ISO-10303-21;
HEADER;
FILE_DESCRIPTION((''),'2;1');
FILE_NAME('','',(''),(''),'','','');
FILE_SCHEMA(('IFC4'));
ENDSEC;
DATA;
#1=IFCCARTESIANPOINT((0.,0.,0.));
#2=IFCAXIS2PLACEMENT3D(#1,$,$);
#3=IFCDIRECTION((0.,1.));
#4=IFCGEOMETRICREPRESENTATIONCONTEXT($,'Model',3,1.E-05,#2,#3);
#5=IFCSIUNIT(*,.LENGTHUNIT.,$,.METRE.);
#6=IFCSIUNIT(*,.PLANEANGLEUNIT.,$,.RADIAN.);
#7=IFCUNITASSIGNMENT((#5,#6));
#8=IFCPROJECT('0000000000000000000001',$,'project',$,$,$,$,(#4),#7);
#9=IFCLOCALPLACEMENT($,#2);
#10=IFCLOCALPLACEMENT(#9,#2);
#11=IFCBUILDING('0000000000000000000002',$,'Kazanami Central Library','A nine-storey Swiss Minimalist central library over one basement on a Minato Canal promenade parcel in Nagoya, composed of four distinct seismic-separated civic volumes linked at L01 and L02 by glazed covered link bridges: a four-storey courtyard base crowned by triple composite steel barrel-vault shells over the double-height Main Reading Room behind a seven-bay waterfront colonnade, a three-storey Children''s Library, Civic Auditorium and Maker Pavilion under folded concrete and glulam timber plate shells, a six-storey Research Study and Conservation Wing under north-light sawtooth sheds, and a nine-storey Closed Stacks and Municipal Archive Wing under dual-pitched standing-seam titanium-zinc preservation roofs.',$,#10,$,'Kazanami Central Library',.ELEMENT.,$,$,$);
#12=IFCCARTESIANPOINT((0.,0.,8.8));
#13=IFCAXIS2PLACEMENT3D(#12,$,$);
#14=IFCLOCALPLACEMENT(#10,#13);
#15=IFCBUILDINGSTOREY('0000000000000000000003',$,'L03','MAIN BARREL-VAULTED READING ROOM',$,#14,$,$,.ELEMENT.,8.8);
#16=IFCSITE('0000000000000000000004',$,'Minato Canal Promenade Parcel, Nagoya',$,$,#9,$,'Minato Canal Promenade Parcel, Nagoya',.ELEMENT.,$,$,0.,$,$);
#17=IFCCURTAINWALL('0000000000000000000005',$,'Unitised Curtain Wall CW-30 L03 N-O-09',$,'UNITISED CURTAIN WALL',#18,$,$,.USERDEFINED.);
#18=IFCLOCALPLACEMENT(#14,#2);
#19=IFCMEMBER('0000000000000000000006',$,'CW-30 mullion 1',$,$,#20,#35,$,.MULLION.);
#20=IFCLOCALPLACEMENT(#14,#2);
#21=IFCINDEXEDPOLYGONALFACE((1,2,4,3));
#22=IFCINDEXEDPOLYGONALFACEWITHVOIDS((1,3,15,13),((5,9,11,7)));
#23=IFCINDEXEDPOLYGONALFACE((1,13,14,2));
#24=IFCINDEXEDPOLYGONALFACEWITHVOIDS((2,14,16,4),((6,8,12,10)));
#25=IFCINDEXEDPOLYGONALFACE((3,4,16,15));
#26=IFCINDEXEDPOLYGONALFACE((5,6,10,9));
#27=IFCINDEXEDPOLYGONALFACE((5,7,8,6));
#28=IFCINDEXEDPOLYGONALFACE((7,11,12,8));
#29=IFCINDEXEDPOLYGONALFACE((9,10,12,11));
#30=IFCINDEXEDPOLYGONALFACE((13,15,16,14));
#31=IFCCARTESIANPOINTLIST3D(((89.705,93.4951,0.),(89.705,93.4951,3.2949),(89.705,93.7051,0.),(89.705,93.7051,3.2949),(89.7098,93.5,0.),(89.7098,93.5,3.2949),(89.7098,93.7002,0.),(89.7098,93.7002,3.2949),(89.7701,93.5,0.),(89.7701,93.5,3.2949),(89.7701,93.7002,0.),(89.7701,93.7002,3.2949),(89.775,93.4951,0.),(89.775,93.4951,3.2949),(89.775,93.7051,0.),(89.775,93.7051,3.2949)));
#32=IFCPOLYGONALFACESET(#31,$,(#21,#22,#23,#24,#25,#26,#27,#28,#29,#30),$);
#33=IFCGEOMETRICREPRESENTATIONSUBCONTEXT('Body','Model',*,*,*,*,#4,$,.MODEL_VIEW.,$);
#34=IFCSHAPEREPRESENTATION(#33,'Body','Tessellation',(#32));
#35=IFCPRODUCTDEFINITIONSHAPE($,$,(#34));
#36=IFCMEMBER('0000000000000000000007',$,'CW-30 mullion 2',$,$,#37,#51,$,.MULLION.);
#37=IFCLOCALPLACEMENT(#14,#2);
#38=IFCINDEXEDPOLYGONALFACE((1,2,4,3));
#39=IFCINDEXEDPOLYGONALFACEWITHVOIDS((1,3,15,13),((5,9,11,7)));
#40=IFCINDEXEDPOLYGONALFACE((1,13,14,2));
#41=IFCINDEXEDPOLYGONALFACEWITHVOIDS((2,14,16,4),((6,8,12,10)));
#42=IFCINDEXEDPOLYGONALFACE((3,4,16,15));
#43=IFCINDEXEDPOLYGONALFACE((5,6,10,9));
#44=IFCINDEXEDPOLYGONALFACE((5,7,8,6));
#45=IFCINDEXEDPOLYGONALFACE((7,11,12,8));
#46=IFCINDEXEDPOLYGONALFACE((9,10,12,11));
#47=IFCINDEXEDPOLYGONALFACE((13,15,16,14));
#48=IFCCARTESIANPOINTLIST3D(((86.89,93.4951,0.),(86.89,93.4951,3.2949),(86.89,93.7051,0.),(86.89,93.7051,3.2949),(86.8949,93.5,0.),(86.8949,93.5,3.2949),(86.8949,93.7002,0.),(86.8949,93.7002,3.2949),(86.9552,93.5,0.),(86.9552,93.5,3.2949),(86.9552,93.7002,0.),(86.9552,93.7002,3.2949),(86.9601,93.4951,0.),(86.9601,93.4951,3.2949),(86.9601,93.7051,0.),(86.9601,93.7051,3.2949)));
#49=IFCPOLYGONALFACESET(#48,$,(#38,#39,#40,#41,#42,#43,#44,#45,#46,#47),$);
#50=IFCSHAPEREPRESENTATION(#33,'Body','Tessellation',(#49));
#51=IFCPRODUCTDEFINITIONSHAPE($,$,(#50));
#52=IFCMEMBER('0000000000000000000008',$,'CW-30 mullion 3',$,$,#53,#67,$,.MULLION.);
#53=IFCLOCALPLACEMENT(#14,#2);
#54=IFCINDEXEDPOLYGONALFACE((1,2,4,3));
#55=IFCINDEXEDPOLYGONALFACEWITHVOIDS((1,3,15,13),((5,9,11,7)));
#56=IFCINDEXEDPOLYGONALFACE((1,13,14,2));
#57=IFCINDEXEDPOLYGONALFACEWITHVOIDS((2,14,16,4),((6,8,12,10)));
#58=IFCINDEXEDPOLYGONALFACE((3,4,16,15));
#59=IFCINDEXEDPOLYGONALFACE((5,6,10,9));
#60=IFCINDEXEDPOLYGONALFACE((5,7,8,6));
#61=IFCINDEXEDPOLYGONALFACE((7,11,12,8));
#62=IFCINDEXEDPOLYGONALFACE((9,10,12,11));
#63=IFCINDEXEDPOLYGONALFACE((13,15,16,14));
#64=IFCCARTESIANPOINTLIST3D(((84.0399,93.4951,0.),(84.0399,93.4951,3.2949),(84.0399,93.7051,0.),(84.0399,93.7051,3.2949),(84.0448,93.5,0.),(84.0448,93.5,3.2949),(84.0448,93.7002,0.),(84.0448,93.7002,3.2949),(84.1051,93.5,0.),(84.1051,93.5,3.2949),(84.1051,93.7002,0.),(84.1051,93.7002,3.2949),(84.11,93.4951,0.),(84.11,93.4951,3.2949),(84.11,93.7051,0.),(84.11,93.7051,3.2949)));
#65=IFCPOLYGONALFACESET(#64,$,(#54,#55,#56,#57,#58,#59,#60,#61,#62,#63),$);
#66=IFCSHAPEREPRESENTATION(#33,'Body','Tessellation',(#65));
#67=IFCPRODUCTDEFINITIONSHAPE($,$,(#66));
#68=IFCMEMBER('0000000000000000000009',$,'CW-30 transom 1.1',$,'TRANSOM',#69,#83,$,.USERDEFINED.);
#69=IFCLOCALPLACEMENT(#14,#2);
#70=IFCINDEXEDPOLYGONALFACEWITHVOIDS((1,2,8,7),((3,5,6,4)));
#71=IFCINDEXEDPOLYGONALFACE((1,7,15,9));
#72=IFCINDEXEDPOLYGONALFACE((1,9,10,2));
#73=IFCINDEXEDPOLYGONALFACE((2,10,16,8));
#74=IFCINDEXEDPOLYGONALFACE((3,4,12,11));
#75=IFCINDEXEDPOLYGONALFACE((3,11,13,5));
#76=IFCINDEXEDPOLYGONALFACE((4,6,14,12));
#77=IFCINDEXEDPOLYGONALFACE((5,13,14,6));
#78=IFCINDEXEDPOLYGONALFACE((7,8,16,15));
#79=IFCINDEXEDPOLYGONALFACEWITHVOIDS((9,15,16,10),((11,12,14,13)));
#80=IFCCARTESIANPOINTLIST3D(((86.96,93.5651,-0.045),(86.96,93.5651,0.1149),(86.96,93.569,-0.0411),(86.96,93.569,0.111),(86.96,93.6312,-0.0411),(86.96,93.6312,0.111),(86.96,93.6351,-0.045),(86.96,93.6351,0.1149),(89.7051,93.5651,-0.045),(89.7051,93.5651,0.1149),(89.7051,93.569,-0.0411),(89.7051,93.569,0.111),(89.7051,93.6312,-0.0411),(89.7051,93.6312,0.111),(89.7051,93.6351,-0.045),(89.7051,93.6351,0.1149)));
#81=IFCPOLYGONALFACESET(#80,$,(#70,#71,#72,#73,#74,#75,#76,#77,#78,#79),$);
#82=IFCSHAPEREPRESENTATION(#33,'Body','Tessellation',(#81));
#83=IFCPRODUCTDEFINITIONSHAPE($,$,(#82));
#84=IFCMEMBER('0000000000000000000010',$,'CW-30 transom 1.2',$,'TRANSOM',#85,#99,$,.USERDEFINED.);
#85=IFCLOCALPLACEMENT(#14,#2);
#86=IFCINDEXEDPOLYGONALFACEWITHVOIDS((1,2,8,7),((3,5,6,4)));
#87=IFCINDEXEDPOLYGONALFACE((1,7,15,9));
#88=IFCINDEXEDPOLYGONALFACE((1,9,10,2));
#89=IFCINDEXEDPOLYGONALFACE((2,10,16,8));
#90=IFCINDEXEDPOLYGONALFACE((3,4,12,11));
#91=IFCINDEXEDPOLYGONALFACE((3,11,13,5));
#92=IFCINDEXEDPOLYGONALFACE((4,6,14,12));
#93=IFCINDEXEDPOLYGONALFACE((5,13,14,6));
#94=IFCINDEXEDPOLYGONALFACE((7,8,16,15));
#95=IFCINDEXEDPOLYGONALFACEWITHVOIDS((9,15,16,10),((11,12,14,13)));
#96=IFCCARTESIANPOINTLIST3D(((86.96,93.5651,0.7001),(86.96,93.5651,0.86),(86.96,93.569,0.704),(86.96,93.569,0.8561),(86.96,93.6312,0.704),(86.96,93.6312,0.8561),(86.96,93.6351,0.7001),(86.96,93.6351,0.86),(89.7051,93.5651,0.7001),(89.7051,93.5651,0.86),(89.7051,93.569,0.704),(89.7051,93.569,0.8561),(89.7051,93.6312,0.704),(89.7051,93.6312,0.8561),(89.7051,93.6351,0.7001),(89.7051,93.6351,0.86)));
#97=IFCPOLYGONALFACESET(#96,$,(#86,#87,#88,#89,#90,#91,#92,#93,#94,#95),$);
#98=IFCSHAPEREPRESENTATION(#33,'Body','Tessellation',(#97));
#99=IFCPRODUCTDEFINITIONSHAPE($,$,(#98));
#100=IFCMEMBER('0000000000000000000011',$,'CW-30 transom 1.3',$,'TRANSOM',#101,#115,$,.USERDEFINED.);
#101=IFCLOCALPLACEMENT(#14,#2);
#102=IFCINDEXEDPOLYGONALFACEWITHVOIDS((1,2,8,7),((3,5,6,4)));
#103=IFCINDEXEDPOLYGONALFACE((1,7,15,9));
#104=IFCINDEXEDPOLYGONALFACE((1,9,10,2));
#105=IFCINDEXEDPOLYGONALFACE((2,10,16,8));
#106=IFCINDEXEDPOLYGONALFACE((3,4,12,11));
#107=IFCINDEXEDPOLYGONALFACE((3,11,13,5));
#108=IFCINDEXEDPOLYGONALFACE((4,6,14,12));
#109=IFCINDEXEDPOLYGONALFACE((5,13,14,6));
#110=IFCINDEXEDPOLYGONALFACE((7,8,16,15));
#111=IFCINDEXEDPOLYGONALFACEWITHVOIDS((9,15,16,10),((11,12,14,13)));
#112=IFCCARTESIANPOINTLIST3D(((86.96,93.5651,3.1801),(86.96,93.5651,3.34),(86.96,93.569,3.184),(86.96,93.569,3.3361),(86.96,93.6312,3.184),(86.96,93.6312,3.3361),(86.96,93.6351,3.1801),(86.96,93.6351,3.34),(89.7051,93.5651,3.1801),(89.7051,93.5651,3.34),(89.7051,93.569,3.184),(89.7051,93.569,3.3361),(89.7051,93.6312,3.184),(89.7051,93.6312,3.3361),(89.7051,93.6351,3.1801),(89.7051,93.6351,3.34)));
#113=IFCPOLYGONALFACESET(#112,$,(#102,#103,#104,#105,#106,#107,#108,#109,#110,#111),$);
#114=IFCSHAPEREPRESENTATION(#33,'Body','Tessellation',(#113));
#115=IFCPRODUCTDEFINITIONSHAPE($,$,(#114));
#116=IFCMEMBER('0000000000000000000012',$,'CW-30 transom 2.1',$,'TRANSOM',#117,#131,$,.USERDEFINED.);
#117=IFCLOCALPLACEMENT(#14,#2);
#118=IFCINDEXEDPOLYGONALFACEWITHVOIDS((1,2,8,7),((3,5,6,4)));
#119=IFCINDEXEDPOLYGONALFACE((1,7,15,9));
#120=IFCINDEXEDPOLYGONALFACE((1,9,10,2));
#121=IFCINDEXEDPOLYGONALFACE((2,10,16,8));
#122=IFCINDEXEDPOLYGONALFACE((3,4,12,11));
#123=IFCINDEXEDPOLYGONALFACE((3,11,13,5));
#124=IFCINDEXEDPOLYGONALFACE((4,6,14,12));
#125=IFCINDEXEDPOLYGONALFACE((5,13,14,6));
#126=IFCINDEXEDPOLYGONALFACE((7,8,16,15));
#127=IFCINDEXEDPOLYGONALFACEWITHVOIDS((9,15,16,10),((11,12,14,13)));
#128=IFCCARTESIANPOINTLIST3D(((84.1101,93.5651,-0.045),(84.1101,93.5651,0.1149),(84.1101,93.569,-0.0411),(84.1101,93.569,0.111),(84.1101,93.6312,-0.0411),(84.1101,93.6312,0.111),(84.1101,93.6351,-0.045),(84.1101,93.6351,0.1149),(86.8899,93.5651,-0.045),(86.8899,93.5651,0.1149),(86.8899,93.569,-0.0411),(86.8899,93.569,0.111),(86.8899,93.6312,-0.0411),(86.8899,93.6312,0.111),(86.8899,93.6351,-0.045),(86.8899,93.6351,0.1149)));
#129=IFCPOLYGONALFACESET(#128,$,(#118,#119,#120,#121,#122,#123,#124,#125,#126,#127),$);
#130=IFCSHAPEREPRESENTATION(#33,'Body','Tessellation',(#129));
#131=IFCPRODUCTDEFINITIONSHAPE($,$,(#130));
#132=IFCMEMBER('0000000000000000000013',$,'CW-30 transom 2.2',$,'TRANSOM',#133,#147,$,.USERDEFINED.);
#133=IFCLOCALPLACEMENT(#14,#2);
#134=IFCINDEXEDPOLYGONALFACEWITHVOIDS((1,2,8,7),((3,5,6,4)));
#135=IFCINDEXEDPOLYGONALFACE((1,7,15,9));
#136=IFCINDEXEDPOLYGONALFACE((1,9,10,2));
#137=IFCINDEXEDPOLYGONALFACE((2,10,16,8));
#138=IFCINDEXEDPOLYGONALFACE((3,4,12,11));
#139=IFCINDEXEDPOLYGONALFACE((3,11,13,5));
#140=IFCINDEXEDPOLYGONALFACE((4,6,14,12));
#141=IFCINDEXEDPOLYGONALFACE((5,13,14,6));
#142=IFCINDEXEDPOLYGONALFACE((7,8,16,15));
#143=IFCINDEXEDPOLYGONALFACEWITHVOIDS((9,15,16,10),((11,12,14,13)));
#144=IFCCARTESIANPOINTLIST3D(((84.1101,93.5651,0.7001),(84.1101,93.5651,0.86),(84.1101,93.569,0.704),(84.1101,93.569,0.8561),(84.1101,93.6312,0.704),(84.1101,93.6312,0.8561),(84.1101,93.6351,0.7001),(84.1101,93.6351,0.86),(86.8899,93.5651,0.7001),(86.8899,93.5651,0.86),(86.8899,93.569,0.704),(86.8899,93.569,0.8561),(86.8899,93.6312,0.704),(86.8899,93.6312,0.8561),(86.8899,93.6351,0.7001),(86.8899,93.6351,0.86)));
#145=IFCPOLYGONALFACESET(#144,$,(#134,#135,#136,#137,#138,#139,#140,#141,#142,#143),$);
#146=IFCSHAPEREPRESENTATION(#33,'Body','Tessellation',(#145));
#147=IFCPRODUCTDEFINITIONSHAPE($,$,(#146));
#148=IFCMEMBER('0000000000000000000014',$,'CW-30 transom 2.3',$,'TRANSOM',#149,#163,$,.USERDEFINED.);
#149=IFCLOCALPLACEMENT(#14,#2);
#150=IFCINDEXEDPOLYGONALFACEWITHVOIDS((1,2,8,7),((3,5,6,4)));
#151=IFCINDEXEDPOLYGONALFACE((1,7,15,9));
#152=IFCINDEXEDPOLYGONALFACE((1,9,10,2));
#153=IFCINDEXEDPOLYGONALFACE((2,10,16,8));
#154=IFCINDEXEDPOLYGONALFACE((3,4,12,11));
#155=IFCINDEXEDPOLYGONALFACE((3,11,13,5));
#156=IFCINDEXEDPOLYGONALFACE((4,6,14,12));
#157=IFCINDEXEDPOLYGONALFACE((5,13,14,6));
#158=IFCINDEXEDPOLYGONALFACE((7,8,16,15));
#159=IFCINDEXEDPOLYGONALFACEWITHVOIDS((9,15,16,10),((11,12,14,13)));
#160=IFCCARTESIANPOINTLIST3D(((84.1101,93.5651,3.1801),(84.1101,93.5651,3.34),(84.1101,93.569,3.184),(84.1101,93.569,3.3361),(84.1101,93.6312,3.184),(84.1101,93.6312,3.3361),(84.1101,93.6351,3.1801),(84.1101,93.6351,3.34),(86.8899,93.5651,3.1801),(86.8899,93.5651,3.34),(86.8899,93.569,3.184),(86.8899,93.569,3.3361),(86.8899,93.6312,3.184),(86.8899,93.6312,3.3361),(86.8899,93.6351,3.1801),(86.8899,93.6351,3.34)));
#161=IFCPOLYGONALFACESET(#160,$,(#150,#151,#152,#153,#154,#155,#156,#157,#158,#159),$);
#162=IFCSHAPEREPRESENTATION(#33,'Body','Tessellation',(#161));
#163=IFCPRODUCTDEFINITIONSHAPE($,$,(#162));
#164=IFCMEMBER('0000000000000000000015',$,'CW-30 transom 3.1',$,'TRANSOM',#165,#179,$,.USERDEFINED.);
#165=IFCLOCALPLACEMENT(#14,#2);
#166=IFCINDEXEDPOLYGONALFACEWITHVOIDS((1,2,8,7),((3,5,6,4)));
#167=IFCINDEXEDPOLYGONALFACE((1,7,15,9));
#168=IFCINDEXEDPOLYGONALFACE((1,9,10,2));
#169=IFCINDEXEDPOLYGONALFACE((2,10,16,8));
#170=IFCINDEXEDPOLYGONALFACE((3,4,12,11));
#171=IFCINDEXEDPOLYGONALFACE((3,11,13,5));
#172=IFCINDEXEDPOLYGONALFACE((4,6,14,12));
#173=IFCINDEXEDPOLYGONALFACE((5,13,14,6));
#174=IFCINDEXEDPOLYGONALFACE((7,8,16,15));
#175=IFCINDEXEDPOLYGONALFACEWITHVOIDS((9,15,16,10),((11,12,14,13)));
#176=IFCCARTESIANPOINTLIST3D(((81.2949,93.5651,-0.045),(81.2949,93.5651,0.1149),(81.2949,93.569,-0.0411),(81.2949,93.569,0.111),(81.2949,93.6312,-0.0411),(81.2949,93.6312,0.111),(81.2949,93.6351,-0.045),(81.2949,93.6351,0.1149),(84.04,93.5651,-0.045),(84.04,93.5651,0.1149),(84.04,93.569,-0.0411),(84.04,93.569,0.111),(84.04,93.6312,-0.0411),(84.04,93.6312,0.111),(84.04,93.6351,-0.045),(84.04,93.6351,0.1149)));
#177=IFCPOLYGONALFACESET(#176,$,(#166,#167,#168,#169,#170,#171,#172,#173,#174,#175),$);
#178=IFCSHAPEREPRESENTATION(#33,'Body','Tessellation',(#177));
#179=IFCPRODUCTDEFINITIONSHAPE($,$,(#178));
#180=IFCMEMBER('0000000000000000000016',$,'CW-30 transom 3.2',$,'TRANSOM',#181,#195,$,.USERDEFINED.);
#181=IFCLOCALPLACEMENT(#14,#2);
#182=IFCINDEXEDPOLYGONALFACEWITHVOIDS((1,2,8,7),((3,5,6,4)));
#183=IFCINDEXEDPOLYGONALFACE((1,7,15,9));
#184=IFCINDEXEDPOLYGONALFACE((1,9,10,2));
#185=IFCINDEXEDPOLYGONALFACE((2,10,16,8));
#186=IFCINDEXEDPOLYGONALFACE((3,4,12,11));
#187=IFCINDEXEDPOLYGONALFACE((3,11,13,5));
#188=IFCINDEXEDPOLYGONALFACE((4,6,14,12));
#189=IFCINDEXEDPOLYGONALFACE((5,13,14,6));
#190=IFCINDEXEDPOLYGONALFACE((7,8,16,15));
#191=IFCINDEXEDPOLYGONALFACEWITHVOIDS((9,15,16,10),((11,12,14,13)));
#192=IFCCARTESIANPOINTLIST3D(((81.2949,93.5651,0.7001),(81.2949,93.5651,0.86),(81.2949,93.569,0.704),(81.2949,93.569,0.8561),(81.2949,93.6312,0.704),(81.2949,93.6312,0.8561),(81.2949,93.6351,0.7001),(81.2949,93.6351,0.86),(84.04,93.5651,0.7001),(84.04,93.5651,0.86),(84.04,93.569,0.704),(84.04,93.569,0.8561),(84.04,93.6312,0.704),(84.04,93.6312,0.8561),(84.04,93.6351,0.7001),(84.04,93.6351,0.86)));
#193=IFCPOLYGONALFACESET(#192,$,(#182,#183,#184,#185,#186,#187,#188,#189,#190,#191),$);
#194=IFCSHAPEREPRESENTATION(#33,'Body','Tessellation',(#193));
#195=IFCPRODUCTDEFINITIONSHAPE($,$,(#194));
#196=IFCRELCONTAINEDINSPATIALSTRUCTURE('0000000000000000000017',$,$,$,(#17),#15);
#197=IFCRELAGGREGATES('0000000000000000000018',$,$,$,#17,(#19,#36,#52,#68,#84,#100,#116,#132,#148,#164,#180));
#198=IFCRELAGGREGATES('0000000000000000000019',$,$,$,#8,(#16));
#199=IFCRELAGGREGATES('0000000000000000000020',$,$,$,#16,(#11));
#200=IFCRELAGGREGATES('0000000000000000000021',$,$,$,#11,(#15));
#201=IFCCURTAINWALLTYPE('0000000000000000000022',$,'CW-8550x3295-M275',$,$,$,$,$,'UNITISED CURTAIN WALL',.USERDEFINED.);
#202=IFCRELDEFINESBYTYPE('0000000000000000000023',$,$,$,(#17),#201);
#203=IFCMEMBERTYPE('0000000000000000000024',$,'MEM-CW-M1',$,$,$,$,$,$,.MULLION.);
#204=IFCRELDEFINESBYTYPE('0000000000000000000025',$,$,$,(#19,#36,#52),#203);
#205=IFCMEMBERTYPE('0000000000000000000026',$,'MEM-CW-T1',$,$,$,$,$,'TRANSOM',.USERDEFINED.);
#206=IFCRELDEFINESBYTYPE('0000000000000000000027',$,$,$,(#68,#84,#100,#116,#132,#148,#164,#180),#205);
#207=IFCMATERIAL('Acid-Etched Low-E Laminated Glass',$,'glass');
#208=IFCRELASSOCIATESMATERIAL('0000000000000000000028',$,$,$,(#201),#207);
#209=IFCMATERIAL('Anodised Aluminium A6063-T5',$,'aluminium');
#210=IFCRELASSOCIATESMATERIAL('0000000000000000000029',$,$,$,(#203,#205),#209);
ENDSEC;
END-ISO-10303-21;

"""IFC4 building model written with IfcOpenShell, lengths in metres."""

from ifc_helpers import new_model, si_unit, direction, frame, origin, origin_2d, place, context, subcontext, project, spatial, hollow_rectangle, extrude, material, material_profile, profile_set, type_object, element, aggregate, save


model = new_model("IFC4")

# Units and contexts
model_context = context("Model", 3, precision=1e-05, world=origin(), true_north=direction((0.0, 1.0)))
body_context = subcontext(model_context, "Body", "Model", "MODEL_VIEW")
ifc_project = project(units=[si_unit("LENGTHUNIT", "METRE"), si_unit("PLANEANGLEUNIT", "RADIAN")], contexts=[model_context])

# Site, building, storey
site_placement = place(None, origin())
site = spatial("IfcSite", under=ifc_project, at=site_placement, Name="Minato Canal Promenade Parcel, Nagoya", LongName="Minato Canal Promenade Parcel, Nagoya", CompositionType="ELEMENT", RefElevation=0.0)
building_placement = place(site_placement, origin())
building = spatial("IfcBuilding", under=site, at=building_placement, Name="Kazanami Central Library", Description="A nine-storey Swiss Minimalist central library over one basement on a Minato Canal promenade parcel in Nagoya, composed of four distinct seismic-separated civic volumes linked at L01 and L02 by glazed covered link bridges: a four-storey courtyard base crowned by triple composite steel barrel-vault shells over the double-height Main Reading Room behind a seven-bay waterfront colonnade, a three-storey Children's Library, Civic Auditorium and Maker Pavilion under folded concrete and glulam timber plate shells, a six-storey Research Study and Conservation Wing under north-light sawtooth sheds, and a nine-storey Closed Stacks and Municipal Archive Wing under dual-pitched standing-seam titanium-zinc preservation roofs.", LongName="Kazanami Central Library", CompositionType="ELEMENT")
storey_placement = place(building_placement, frame((0.0, 0.0, 8.8)))
storey = spatial("IfcBuildingStorey", under=building, at=storey_placement, Name="L03", Description="MAIN BARREL-VAULTED READING ROOM", CompositionType="ELEMENT", Elevation=8.8)

# Curtain wall, members
ifc_material_1 = material(Name="Acid-Etched Low-E Laminated Glass", Category="glass")
curtain_wall_type = type_object("IfcCurtainWallType", Name="CW-8550x3295-M275", ElementType="UNITISED CURTAIN WALL", PredefinedType="USERDEFINED", material=ifc_material_1)
curtain_wall_placement = place(storey_placement, origin())
curtain_wall = element("IfcCurtainWall", 1, at=curtain_wall_placement, inside=storey, type_object=curtain_wall_type, Name="Unitised Curtain Wall CW-30 L03 N-O-09", ObjectType="UNITISED CURTAIN WALL", PredefinedType="USERDEFINED")
ifc_material_2 = material(Name="Anodised Aluminium A6063-T5", Category="aluminium")
ifc_material_profile_1 = material_profile(ifc_material_2, hollow_rectangle(XDim=0.0701, YDim=0.21, WallThickness=0.0049, at=origin_2d()), Name="ALU-MULL-70x210x5")
ifc_profile_set_1 = profile_set([ifc_material_profile_1], Name="Anodised Aluminium A6063-T5")
member_type_1 = type_object("IfcMemberType", Name="MEM-CW-M1", PredefinedType="MULLION", material=ifc_profile_set_1)
member_1_placement = place(storey_placement, frame((89.74, 93.6001, 0.0), z_axis=(0.0, 0.0, 1.0), x_axis=(-1.0, 0.0, 0.0)))
member_1 = element("IfcMember", 2, at=member_1_placement, type_object=member_type_1, Name="CW-30 mullion 1", PredefinedType="MULLION", context=body_context, shape_type="SweptSolid", body=[
    extrude(hollow_rectangle(XDim=0.0701, YDim=0.21, WallThickness=0.0049, at=origin_2d()), origin(), (0.0, 0.0, 1.0), 3.2949),
])
member_2_placement = place(storey_placement, frame((86.925, 93.6001, 0.0), z_axis=(0.0, 0.0, 1.0), x_axis=(-1.0, 0.0, 0.0)))
member_2 = element("IfcMember", 3, at=member_2_placement, type_object=member_type_1, Name="CW-30 mullion 2", PredefinedType="MULLION", context=body_context, shape_type="SweptSolid", body=[
    extrude(hollow_rectangle(XDim=0.0701, YDim=0.21, WallThickness=0.0049, at=origin_2d()), origin(), (0.0, 0.0, 1.0), 3.2949),
])
member_3_placement = place(storey_placement, frame((84.075, 93.6001, 0.0), z_axis=(0.0, 0.0, 1.0), x_axis=(-1.0, 0.0, 0.0)))
member_3 = element("IfcMember", 4, at=member_3_placement, type_object=member_type_1, Name="CW-30 mullion 3", PredefinedType="MULLION", context=body_context, shape_type="SweptSolid", body=[
    extrude(hollow_rectangle(XDim=0.0701, YDim=0.21, WallThickness=0.0049, at=origin_2d()), origin(), (0.0, 0.0, 1.0), 3.2949),
])
ifc_material_profile_2 = material_profile(ifc_material_2, hollow_rectangle(XDim=0.0701, YDim=0.1599, WallThickness=0.0039, at=origin_2d()), Name="ALU-TRAN-70x160x4")
ifc_profile_set_2 = profile_set([ifc_material_profile_2], Name="Anodised Aluminium A6063-T5")
member_type_2 = type_object("IfcMemberType", Name="MEM-CW-T1", ElementType="TRANSOM", PredefinedType="USERDEFINED", material=ifc_profile_set_2)
member_4_placement = place(storey_placement, frame((89.7051, 93.6001, 0.0349), z_axis=(-1.0, 0.0, 0.0), x_axis=(0.0, -1.0, 0.0)))
member_4 = element("IfcMember", 5, at=member_4_placement, type_object=member_type_2, Name="CW-30 transom 1.1", ObjectType="TRANSOM", PredefinedType="USERDEFINED", context=body_context, shape_type="SweptSolid", body=[
    extrude(hollow_rectangle(XDim=0.0701, YDim=0.1599, WallThickness=0.0039, at=origin_2d()), origin(), (0.0, 0.0, 1.0), 2.7451),
])
member_5_placement = place(storey_placement, frame((89.7051, 93.6001, 0.78), z_axis=(-1.0, 0.0, 0.0), x_axis=(0.0, -1.0, 0.0)))
member_5 = element("IfcMember", 6, at=member_5_placement, type_object=member_type_2, Name="CW-30 transom 1.2", ObjectType="TRANSOM", PredefinedType="USERDEFINED", context=body_context, shape_type="SweptSolid", body=[
    extrude(hollow_rectangle(XDim=0.0701, YDim=0.1599, WallThickness=0.0039, at=origin_2d()), origin(), (0.0, 0.0, 1.0), 2.7451),
])
member_6_placement = place(storey_placement, frame((89.7051, 93.6001, 3.26), z_axis=(-1.0, 0.0, 0.0), x_axis=(0.0, -1.0, 0.0)))
member_6 = element("IfcMember", 7, at=member_6_placement, type_object=member_type_2, Name="CW-30 transom 1.3", ObjectType="TRANSOM", PredefinedType="USERDEFINED", context=body_context, shape_type="SweptSolid", body=[
    extrude(hollow_rectangle(XDim=0.0701, YDim=0.1599, WallThickness=0.0039, at=origin_2d()), origin(), (0.0, 0.0, 1.0), 2.7451),
])
member_7_placement = place(storey_placement, frame((86.8899, 93.6001, 0.0349), z_axis=(-1.0, 0.0, 0.0), x_axis=(0.0, -1.0, 0.0)))
member_7 = element("IfcMember", 8, at=member_7_placement, type_object=member_type_2, Name="CW-30 transom 2.1", ObjectType="TRANSOM", PredefinedType="USERDEFINED", context=body_context, shape_type="SweptSolid", body=[
    extrude(hollow_rectangle(XDim=0.0701, YDim=0.1599, WallThickness=0.0039, at=origin_2d()), origin(), (0.0, 0.0, 1.0), 2.7798),
])
member_8_placement = place(storey_placement, frame((86.8899, 93.6001, 0.78), z_axis=(-1.0, 0.0, 0.0), x_axis=(0.0, -1.0, 0.0)))
member_8 = element("IfcMember", 9, at=member_8_placement, type_object=member_type_2, Name="CW-30 transom 2.2", ObjectType="TRANSOM", PredefinedType="USERDEFINED", context=body_context, shape_type="SweptSolid", body=[
    extrude(hollow_rectangle(XDim=0.0701, YDim=0.1599, WallThickness=0.0039, at=origin_2d()), origin(), (0.0, 0.0, 1.0), 2.7798),
])
member_9_placement = place(storey_placement, frame((86.8899, 93.6001, 3.26), z_axis=(-1.0, 0.0, 0.0), x_axis=(0.0, -1.0, 0.0)))
member_9 = element("IfcMember", 10, at=member_9_placement, type_object=member_type_2, Name="CW-30 transom 2.3", ObjectType="TRANSOM", PredefinedType="USERDEFINED", context=body_context, shape_type="SweptSolid", body=[
    extrude(hollow_rectangle(XDim=0.0701, YDim=0.1599, WallThickness=0.0039, at=origin_2d()), origin(), (0.0, 0.0, 1.0), 2.7798),
])
member_10_placement = place(storey_placement, frame((84.04, 93.6001, 0.0349), z_axis=(-1.0, 0.0, 0.0), x_axis=(0.0, -1.0, 0.0)))
member_10 = element("IfcMember", 11, at=member_10_placement, type_object=member_type_2, Name="CW-30 transom 3.1", ObjectType="TRANSOM", PredefinedType="USERDEFINED", context=body_context, shape_type="SweptSolid", body=[
    extrude(hollow_rectangle(XDim=0.0701, YDim=0.1599, WallThickness=0.0039, at=origin_2d()), origin(), (0.0, 0.0, 1.0), 2.7451),
])
member_11_placement = place(storey_placement, frame((84.04, 93.6001, 0.78), z_axis=(-1.0, 0.0, 0.0), x_axis=(0.0, -1.0, 0.0)))
member_11 = element("IfcMember", 12, at=member_11_placement, type_object=member_type_2, Name="CW-30 transom 3.2", ObjectType="TRANSOM", PredefinedType="USERDEFINED", context=body_context, shape_type="SweptSolid", body=[
    extrude(hollow_rectangle(XDim=0.0701, YDim=0.1599, WallThickness=0.0039, at=origin_2d()), origin(), (0.0, 0.0, 1.0), 2.7451),
])
aggregate(curtain_wall, [member_1, member_2, member_3, member_4, member_5, member_6, member_7, member_8, member_9, member_10, member_11])

save(model, "model.ifc")
